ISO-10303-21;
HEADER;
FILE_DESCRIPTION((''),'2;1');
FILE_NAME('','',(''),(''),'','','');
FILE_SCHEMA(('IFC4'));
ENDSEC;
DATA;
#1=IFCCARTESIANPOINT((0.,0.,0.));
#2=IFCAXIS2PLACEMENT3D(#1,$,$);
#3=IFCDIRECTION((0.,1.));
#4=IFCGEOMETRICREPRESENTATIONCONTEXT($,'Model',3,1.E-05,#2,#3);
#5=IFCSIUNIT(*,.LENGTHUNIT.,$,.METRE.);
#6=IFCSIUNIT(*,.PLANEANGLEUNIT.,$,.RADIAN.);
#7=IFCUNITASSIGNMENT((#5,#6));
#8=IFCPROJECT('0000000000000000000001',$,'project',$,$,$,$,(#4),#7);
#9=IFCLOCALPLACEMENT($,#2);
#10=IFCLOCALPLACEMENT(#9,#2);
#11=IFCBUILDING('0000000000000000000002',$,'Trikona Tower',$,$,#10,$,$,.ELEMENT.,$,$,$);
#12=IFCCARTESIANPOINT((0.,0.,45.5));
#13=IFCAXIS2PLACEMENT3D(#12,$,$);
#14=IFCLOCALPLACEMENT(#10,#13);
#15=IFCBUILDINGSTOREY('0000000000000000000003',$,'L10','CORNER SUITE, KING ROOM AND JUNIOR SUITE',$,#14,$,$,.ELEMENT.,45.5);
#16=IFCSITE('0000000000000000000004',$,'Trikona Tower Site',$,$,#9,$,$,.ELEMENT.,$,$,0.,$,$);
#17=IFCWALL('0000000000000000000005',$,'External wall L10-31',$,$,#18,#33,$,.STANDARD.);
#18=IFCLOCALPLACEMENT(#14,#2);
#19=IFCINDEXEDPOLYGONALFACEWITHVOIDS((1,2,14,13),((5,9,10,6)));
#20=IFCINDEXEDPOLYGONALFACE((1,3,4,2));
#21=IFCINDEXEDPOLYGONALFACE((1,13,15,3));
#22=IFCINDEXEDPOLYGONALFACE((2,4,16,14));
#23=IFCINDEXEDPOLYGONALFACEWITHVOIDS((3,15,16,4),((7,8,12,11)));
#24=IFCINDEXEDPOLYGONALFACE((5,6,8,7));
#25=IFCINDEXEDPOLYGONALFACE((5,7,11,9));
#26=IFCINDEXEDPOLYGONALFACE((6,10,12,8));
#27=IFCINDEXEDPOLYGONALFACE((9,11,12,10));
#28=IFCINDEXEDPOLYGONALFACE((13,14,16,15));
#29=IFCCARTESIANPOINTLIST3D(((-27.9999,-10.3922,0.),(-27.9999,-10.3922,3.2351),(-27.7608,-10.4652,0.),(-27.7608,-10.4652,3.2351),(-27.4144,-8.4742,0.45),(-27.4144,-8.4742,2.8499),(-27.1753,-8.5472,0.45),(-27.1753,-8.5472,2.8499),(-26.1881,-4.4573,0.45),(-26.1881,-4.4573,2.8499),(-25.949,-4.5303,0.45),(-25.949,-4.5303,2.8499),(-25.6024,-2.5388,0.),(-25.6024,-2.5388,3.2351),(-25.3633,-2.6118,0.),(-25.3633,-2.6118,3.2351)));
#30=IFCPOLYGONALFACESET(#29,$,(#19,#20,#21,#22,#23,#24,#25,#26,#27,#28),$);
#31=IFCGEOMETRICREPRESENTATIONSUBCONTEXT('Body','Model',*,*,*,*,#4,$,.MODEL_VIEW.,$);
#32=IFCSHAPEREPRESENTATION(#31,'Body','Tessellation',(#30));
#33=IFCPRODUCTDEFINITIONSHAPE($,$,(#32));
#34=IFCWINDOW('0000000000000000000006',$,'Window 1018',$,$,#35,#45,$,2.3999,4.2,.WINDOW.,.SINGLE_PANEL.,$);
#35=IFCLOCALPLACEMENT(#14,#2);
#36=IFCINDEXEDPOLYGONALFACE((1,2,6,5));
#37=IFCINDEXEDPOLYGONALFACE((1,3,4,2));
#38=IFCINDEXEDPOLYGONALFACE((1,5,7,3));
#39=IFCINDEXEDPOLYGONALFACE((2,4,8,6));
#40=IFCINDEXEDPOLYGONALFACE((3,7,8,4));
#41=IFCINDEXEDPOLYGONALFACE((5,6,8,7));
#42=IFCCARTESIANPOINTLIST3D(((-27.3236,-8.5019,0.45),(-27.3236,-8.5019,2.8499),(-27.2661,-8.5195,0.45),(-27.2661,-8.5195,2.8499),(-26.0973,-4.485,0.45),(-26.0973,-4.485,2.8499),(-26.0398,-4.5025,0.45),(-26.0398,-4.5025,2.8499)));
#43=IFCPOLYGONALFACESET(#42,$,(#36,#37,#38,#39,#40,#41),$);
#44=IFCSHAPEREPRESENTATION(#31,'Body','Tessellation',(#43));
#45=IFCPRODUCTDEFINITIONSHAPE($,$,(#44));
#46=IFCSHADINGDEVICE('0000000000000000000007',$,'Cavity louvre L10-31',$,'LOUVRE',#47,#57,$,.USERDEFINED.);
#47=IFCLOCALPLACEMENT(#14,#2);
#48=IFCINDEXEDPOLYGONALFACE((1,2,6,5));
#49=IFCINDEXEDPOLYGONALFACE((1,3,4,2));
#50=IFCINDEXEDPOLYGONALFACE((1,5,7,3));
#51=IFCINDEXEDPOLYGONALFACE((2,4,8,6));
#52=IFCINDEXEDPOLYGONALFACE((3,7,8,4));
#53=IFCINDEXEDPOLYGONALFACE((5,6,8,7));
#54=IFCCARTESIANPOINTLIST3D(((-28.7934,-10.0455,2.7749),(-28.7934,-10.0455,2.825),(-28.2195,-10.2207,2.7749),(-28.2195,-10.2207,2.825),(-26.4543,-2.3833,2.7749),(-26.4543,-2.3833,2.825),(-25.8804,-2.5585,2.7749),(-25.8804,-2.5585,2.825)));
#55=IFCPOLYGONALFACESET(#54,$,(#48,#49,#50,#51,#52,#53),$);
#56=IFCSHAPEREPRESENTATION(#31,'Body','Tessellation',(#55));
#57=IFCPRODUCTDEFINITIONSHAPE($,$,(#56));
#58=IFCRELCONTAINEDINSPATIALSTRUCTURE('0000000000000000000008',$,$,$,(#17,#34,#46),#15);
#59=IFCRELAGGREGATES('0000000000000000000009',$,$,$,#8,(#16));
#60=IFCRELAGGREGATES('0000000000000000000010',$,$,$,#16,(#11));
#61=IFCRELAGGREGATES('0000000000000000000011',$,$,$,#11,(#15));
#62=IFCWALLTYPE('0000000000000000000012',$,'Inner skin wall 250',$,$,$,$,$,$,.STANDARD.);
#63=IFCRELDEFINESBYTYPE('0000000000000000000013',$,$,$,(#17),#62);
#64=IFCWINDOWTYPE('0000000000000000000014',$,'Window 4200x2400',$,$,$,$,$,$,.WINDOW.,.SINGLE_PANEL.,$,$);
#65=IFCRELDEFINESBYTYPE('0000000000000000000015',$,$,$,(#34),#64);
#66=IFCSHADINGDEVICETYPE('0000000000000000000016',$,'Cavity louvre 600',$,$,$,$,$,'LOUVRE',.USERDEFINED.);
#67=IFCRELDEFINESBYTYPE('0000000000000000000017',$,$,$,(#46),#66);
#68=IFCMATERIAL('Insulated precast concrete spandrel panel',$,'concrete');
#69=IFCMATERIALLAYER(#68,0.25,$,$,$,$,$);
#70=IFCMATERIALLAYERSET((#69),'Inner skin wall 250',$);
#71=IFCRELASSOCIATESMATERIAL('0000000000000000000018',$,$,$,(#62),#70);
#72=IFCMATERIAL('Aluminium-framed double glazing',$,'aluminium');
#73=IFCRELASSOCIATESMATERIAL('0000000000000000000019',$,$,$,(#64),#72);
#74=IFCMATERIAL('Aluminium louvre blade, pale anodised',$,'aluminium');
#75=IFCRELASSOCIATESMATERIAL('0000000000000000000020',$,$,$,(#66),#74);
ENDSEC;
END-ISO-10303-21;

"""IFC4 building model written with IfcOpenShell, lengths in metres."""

from ifc_helpers import new_model, si_unit, direction, frame, frame_2d, origin, origin_2d, place, context, subcontext, project, spatial, rectangle, extrude, material, layer, layer_set, type_object, element, fill, save


model = new_model("IFC4")

# Units and contexts
model_context = context("Model", 3, precision=1e-05, world=origin(), true_north=direction((0.0, 1.0)))
body_context = subcontext(model_context, "Body", "Model", "MODEL_VIEW")
ifc_project = project(units=[si_unit("LENGTHUNIT", "METRE"), si_unit("PLANEANGLEUNIT", "RADIAN")], contexts=[model_context])

# Site, building, storey
site_placement = place(None, origin())
site = spatial("IfcSite", under=ifc_project, at=site_placement, Name="Trikona Tower Site", CompositionType="ELEMENT", RefElevation=0.0)
building_placement = place(site_placement, origin())
building = spatial("IfcBuilding", under=site, at=building_placement, Name="Trikona Tower", CompositionType="ELEMENT")
storey_placement = place(building_placement, frame((0.0, 0.0, 45.5)))
storey = spatial("IfcBuildingStorey", under=building, at=storey_placement, Name="L10", Description="CORNER SUITE, KING ROOM AND JUNIOR SUITE", CompositionType="ELEMENT", Elevation=45.5)

# Wall, opening, window
ifc_material_1 = material(Name="Insulated precast concrete spandrel panel", Category="concrete")
ifc_layer_1 = layer(ifc_material_1, 0.25)
ifc_layer_set_1 = layer_set([ifc_layer_1], Name="Inner skin wall 250")
wall_type_1 = type_object("IfcWallType", Name="Inner skin wall 250", PredefinedType="STANDARD", material=ifc_layer_set_1)
wall_1_placement = place(storey_placement, frame((-25.4829, -2.5754, 0.0), z_axis=(0.0, 0.0, 1.0), x_axis=(-0.291979, -0.956425, 0.0)))
wall_1 = element("IfcWall", 1, at=wall_1_placement, inside=storey, type_object=wall_type_1, Name="External wall L10-31", PredefinedType="STANDARD", context=body_context, shape_type="SweptSolid", body=[
    extrude(rectangle(XDim=8.2112, YDim=0.25, at=frame_2d((4.1055, 0.0))), origin(), (0.0, 0.0, 1.0), 3.2351),
])
opening_1_placement = place(wall_1_placement, frame((2.0056, 0.0, 0.45)))
opening_1 = element("IfcOpeningElement", 2, at=opening_1_placement, cuts=wall_1, PredefinedType="OPENING", context=body_context, shape_type="SweptSolid", body=[
    extrude(rectangle(XDim=4.2, YDim=2.3999, at=frame_2d((2.1001, 1.2))), frame((0.0, 0.135, 0.0), z_axis=(0.0, -1.0, 0.0), x_axis=(1.0, 0.0, 0.0)), (0.0, 0.0, 1.0), 0.27),
])
ifc_material_2 = material(Name="Aluminium-framed double glazing", Category="aluminium")
window_type_1 = type_object("IfcWindowType", Name="Window 4200x2400", PartitioningType="SINGLE_PANEL", PredefinedType="WINDOW", material=ifc_material_2)
window_1_placement = place(opening_1_placement, origin())
window_1 = element("IfcWindow", 3, at=window_1_placement, inside=storey, type_object=window_type_1, Name="Window 1018", OverallHeight=2.3999, OverallWidth=4.2, PartitioningType="SINGLE_PANEL", PredefinedType="WINDOW", context=body_context, shape_type="SweptSolid", body=[
    extrude(rectangle(XDim=4.2, YDim=2.3999, at=frame_2d((2.1001, 1.2))), frame((0.0, 0.03, 0.0), z_axis=(0.0, -1.0, 0.0), x_axis=(1.0, 0.0, 0.0)), (0.0, 0.0, 1.0), 0.0601),
])
fill(opening_1, window_1)

# Shading device
ifc_material_3 = material(Name="Aluminium louvre blade, pale anodised", Category="aluminium")
shading_device_type = type_object("IfcShadingDeviceType", Name="Cavity louvre 600", ElementType="LOUVRE", PredefinedType="USERDEFINED", material=ifc_material_3)
shading_device_placement = place(storey_placement, frame((-27.3369, -6.302, 2.7749), z_axis=(0.0, 0.0, 1.0), x_axis=(-0.291979, -0.956425, 0.0)))
element("IfcShadingDevice", 4, at=shading_device_placement, inside=storey, type_object=shading_device_type, Name="Cavity louvre L10-31", ObjectType="LOUVRE", PredefinedType="USERDEFINED", context=body_context, shape_type="SweptSolid", body=[
    extrude(rectangle(XDim=8.0112, YDim=0.6001, at=origin_2d()), origin(), (0.0, 0.0, 1.0), 0.05),
])

save(model, "model.ifc")
